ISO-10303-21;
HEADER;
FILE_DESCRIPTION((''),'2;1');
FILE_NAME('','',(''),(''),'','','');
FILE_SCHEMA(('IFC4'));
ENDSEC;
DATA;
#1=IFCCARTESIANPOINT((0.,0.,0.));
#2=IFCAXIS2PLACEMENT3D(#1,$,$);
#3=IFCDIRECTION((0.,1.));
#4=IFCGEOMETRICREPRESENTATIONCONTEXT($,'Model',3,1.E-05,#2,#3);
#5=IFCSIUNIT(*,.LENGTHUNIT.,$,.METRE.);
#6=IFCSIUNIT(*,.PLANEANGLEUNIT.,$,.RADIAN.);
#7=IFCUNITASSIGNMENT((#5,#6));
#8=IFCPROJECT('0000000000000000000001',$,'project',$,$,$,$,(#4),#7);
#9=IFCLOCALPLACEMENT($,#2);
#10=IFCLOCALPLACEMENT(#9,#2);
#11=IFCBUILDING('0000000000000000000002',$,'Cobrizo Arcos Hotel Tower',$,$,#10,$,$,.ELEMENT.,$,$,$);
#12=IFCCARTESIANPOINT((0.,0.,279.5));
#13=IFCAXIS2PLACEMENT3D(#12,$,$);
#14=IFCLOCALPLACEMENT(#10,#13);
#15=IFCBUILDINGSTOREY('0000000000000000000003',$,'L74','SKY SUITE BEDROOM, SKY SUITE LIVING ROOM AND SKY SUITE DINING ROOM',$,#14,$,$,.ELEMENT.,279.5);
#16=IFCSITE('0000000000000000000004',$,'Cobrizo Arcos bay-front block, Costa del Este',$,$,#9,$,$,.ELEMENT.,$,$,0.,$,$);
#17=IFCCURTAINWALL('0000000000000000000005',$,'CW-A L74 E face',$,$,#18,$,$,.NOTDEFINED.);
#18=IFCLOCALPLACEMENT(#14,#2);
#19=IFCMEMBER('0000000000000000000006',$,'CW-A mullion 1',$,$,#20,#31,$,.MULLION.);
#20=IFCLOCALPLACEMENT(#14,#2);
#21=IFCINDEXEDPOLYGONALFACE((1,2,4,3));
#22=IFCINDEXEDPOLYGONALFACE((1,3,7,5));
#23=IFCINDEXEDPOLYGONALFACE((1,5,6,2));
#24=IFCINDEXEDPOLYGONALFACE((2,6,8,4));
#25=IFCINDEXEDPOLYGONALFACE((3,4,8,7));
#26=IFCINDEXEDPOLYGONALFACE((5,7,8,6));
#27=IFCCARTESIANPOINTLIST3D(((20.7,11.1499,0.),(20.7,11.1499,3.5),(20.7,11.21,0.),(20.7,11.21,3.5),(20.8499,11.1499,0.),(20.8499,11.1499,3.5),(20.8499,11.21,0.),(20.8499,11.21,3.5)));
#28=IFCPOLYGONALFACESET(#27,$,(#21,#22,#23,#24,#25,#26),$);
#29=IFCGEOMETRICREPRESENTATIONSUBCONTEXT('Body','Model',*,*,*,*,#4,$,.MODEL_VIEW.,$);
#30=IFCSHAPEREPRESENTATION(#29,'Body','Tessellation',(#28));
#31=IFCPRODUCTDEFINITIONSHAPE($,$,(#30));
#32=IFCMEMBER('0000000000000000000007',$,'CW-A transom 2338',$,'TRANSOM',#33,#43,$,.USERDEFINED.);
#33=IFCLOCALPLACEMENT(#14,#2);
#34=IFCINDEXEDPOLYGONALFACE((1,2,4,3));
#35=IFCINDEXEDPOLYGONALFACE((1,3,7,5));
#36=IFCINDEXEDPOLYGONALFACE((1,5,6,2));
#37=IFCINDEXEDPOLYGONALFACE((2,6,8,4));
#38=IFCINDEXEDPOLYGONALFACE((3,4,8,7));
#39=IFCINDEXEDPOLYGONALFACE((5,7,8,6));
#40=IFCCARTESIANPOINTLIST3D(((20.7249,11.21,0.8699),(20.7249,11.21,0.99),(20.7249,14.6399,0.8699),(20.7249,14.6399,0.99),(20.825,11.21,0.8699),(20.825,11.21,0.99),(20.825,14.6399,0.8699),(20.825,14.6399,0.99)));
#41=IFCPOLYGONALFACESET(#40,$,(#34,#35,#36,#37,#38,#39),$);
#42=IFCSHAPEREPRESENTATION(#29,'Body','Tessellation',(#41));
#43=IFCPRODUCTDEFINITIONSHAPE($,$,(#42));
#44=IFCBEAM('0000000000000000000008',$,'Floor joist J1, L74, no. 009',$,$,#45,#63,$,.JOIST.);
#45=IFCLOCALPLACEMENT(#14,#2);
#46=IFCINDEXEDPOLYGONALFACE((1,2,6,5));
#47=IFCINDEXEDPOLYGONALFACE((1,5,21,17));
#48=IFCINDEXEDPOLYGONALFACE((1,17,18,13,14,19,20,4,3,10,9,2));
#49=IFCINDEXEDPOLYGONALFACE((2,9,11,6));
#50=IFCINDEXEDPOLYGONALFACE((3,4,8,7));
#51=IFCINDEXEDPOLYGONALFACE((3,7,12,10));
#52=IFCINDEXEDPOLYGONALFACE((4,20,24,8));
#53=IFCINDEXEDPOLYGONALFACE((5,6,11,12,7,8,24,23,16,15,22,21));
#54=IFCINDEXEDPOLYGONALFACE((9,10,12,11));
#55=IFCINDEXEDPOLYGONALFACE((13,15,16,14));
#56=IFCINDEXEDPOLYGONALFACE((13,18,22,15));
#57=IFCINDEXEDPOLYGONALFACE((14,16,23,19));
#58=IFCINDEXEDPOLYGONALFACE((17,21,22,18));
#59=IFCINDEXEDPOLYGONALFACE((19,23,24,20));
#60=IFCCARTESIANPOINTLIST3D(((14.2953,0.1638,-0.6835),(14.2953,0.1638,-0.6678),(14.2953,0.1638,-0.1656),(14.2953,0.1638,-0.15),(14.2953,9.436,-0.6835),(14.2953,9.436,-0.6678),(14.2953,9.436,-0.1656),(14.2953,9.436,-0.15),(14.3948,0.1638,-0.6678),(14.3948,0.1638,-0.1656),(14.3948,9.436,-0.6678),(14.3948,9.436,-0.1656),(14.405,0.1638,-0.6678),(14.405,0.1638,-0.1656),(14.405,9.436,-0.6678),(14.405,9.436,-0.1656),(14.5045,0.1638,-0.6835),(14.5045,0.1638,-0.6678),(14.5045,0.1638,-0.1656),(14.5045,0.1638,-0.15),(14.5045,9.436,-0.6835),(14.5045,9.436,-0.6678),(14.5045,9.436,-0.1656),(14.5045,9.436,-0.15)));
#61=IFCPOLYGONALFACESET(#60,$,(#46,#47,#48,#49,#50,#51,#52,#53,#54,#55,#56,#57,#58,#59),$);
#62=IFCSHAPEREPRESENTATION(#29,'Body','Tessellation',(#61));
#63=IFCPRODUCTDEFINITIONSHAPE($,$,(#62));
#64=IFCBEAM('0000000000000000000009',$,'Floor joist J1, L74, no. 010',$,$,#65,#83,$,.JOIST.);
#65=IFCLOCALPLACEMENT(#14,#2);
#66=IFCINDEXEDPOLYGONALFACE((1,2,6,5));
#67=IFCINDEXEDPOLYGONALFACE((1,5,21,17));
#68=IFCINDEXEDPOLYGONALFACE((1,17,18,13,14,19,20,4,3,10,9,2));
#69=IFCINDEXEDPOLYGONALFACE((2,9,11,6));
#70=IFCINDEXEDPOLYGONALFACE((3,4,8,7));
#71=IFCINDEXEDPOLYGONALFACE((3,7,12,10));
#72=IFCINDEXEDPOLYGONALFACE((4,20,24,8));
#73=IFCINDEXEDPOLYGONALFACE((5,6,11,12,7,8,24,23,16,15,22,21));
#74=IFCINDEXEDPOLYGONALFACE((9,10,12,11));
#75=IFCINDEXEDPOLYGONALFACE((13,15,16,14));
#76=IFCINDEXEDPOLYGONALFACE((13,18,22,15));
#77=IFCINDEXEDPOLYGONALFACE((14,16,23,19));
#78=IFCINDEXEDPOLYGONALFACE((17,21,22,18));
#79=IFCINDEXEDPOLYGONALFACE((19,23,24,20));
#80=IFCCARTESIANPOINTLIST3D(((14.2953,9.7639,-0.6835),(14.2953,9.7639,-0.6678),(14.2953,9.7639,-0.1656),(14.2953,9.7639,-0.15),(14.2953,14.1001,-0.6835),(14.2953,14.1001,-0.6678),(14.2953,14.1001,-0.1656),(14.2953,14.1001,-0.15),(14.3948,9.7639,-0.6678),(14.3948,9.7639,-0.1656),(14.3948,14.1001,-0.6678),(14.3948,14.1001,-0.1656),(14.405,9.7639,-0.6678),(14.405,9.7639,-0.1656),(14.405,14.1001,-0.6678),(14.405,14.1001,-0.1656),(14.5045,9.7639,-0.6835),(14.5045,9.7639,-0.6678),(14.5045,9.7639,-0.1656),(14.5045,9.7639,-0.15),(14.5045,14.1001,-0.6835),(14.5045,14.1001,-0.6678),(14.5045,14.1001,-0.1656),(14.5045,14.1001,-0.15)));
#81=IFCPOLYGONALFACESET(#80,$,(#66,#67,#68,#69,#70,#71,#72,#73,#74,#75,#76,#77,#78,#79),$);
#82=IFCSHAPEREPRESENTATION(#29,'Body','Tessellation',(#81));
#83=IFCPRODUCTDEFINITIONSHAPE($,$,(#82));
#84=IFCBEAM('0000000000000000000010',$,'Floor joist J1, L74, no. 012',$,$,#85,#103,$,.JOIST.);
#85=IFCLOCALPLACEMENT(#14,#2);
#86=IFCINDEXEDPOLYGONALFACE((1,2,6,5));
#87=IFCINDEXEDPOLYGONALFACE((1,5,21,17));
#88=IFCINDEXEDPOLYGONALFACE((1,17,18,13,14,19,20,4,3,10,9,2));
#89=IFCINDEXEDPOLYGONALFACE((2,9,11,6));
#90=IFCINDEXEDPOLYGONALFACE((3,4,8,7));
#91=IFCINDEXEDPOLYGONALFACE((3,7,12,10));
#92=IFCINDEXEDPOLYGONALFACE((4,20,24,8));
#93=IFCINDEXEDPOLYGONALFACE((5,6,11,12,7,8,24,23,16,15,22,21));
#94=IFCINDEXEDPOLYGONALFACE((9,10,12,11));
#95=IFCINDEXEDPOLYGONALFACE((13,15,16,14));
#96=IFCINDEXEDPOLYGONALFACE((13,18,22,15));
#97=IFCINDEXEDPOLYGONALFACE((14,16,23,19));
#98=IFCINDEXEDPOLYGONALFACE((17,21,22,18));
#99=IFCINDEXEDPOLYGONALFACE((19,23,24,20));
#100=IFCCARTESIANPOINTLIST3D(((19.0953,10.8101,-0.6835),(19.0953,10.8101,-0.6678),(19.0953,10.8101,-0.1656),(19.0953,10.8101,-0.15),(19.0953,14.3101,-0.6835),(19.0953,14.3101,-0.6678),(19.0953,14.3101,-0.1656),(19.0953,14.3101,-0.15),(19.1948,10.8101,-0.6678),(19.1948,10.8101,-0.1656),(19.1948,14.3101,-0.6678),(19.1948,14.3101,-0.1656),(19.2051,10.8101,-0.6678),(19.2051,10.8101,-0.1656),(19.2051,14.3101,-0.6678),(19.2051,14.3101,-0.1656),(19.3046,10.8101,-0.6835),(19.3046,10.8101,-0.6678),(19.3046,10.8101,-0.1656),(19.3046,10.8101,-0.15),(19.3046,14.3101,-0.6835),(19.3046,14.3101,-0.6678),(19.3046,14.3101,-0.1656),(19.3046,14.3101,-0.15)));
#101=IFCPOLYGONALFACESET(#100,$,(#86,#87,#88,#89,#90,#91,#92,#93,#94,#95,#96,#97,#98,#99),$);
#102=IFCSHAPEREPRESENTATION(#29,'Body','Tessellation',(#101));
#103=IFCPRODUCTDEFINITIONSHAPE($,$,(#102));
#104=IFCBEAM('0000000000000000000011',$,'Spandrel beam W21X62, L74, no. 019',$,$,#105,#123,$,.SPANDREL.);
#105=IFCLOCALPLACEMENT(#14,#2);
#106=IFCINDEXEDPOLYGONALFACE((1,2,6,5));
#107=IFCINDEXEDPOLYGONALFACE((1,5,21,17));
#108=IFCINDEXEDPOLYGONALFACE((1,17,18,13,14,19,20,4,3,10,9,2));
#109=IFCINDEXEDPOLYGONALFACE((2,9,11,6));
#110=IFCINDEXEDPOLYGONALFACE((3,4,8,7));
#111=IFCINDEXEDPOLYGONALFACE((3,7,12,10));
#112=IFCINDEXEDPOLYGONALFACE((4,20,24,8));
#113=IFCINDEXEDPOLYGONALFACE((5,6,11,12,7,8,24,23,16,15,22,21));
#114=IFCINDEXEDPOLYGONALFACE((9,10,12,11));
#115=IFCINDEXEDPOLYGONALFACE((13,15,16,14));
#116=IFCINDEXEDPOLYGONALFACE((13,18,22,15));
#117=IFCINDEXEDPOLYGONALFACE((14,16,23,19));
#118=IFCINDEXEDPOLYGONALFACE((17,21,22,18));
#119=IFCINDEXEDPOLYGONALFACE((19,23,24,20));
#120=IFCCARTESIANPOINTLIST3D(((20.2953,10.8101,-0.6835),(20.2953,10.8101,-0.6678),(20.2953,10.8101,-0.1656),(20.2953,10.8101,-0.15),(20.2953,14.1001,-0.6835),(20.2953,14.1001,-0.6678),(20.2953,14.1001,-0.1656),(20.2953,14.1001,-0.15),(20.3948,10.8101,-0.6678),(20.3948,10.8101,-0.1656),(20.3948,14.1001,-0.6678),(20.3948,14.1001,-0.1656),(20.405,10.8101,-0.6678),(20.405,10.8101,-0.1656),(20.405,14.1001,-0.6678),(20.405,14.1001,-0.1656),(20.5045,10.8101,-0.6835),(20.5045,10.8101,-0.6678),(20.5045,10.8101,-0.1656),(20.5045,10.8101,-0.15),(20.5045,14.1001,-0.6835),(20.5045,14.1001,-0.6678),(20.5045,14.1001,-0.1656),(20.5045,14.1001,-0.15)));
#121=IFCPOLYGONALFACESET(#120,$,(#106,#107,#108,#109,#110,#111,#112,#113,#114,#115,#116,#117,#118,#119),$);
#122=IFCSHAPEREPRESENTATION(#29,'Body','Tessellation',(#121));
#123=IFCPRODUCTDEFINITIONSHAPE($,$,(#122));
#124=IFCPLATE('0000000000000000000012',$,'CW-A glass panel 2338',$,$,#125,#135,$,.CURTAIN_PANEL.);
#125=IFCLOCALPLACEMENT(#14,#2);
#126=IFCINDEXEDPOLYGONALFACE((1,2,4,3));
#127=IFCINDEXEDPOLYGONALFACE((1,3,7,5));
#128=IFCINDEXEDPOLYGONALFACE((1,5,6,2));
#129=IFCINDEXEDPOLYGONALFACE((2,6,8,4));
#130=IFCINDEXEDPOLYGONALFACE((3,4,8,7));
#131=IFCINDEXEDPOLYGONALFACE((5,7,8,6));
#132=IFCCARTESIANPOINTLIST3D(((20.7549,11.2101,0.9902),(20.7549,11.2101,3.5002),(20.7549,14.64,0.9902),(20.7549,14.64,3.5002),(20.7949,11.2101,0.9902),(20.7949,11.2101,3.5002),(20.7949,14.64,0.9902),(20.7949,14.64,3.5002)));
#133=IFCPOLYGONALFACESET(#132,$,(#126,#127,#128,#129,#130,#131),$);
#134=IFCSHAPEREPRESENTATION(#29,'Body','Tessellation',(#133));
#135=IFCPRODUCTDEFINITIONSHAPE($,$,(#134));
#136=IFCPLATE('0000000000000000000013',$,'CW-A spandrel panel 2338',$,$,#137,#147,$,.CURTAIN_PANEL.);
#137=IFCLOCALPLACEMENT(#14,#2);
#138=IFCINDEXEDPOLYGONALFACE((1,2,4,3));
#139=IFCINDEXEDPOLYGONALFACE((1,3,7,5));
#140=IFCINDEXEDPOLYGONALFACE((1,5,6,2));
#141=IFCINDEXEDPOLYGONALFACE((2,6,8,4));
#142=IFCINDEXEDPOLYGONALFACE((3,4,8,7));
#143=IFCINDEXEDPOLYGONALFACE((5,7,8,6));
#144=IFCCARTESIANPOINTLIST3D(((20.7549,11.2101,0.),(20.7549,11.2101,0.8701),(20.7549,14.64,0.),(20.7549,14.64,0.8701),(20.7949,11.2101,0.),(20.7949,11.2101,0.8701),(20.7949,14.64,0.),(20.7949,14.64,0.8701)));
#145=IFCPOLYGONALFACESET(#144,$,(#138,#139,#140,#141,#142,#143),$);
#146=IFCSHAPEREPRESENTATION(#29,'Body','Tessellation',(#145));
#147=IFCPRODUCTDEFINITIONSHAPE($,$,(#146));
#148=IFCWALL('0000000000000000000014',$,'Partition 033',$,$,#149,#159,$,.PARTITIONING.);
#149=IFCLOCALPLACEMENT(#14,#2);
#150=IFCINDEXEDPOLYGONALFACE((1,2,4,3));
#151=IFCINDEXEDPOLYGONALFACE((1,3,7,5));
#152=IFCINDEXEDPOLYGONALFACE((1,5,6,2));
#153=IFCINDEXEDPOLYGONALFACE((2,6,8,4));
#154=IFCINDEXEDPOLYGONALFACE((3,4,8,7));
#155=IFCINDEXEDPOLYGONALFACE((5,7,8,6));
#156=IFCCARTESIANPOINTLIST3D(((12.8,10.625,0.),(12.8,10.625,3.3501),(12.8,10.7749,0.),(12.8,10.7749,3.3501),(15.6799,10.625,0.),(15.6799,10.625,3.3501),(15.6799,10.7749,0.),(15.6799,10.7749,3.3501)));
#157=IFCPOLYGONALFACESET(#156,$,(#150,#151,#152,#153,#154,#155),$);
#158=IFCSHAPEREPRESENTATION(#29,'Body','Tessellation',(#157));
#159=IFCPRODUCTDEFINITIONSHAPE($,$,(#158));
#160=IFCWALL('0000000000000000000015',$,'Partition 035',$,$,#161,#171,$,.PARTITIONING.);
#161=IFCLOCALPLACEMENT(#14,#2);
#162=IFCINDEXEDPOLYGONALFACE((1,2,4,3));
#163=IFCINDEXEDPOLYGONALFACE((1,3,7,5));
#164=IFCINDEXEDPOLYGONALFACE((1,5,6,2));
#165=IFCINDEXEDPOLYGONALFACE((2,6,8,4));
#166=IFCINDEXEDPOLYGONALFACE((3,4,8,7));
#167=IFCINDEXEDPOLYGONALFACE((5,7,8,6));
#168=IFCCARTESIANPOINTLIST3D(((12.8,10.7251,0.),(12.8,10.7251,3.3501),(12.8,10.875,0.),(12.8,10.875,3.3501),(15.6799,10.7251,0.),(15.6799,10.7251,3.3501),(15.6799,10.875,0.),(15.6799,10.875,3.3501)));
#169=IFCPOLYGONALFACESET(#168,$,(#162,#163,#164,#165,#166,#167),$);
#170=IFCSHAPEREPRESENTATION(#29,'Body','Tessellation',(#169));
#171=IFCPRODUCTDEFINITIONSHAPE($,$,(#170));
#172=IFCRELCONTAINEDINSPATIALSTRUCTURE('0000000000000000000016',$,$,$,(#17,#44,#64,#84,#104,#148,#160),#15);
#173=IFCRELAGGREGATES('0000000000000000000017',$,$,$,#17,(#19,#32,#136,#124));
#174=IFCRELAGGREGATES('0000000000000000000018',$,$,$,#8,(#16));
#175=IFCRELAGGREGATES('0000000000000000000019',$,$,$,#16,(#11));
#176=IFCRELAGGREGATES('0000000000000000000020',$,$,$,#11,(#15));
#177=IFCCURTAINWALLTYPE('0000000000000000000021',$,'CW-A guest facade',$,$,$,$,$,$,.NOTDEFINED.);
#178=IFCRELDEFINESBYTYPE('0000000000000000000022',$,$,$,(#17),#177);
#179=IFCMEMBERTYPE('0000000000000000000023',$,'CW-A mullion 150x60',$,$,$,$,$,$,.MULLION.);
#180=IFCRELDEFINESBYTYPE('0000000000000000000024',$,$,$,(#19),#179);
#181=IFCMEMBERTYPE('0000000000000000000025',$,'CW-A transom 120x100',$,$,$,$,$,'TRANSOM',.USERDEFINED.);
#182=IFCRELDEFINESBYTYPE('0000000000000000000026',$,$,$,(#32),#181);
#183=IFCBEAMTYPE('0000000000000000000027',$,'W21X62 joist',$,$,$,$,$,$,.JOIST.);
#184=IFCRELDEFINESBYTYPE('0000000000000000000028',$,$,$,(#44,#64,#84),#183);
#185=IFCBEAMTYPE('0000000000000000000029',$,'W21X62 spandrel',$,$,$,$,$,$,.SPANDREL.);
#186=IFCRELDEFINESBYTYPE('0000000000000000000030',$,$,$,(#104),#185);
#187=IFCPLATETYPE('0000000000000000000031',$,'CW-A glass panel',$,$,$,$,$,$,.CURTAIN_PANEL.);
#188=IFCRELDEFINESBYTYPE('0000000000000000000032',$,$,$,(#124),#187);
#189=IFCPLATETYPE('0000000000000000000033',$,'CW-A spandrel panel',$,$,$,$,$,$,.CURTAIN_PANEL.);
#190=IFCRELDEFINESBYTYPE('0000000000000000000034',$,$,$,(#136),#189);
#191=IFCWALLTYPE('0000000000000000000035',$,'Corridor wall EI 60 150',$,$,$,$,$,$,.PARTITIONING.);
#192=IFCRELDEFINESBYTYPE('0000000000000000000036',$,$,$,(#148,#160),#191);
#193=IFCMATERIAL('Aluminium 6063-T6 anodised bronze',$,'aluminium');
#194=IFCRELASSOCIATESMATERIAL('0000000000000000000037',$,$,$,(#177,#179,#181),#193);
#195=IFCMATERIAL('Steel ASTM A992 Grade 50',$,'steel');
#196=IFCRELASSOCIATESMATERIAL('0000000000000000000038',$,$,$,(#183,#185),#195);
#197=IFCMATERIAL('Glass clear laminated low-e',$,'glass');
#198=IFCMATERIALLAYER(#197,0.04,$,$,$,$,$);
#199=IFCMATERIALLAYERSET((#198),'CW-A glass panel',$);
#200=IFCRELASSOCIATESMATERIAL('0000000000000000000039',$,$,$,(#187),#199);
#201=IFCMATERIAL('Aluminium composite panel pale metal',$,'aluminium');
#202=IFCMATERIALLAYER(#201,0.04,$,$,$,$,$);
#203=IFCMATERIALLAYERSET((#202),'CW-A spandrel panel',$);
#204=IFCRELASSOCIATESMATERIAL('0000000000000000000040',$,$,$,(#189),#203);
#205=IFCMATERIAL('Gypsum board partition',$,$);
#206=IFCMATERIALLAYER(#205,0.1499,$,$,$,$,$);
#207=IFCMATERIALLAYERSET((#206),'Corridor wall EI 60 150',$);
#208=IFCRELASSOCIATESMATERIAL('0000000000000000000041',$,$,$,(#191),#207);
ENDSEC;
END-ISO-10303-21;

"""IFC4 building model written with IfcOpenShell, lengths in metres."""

from ifc_helpers import new_model, si_unit, direction, frame, frame_2d, origin, origin_2d, place, context, subcontext, project, spatial, rectangle, i_section, extrude, material, layer, layer_set, material_profile, profile_set, type_object, element, aggregate, save


model = new_model("IFC4")

# Units and contexts
model_context = context("Model", 3, precision=1e-05, world=origin(), true_north=direction((0.0, 1.0)))
body_context = subcontext(model_context, "Body", "Model", "MODEL_VIEW")
ifc_project = project(units=[si_unit("LENGTHUNIT", "METRE"), si_unit("PLANEANGLEUNIT", "RADIAN")], contexts=[model_context])

# Site, building, storey
site_placement = place(None, origin())
site = spatial("IfcSite", under=ifc_project, at=site_placement, Name="Cobrizo Arcos bay-front block, Costa del Este", CompositionType="ELEMENT", RefElevation=0.0)
building_placement = place(site_placement, origin())
building = spatial("IfcBuilding", under=site, at=building_placement, Name="Cobrizo Arcos Hotel Tower", CompositionType="ELEMENT")
storey_placement = place(building_placement, frame((0.0, 0.0, 279.5)))
storey = spatial("IfcBuildingStorey", under=building, at=storey_placement, Name="L74", Description="SKY SUITE BEDROOM, SKY SUITE LIVING ROOM AND SKY SUITE DINING ROOM", CompositionType="ELEMENT", Elevation=279.5)

# Curtain wall, members
ifc_material_1 = material(Name="Aluminium 6063-T6 anodised bronze", Category="aluminium")
curtain_wall_type = type_object("IfcCurtainWallType", Name="CW-A guest facade", PredefinedType="NOTDEFINED", material=ifc_material_1)
curtain_wall_placement = place(storey_placement, origin())
curtain_wall = element("IfcCurtainWall", 1, at=curtain_wall_placement, inside=storey, type_object=curtain_wall_type, Name="CW-A L74 E face", PredefinedType="NOTDEFINED")
ifc_material_profile_1 = material_profile(ifc_material_1, rectangle(XDim=0.1499, YDim=0.0601, at=origin_2d()), Name="CW-A mullion 150x60")
ifc_profile_set_1 = profile_set([ifc_material_profile_1], Name="Aluminium 6063-T6 anodised bronze")
member_type_1 = type_object("IfcMemberType", Name="CW-A mullion 150x60", PredefinedType="MULLION", material=ifc_profile_set_1)
member_1_placement = place(storey_placement, frame((20.7749, 11.1799, 0.0), z_axis=(0.0, 0.0, 1.0), x_axis=(1.0, 0.0, 0.0)))
member_1 = element("IfcMember", 2, at=member_1_placement, type_object=member_type_1, Name="CW-A mullion 1", PredefinedType="MULLION", context=body_context, shape_type="SweptSolid", body=[
    extrude(rectangle(XDim=0.1499, YDim=0.0601, at=origin_2d()), origin(), (0.0, 0.0, 1.0), 3.5),
])
ifc_material_profile_2 = material_profile(ifc_material_1, rectangle(XDim=0.1001, YDim=0.1201, at=origin_2d()), Name="CW-A transom 120x100")
ifc_profile_set_2 = profile_set([ifc_material_profile_2], Name="Aluminium 6063-T6 anodised bronze")
member_type_2 = type_object("IfcMemberType", Name="CW-A transom 120x100", ElementType="TRANSOM", PredefinedType="USERDEFINED", material=ifc_profile_set_2)
member_2_placement = place(storey_placement, frame((20.7749, 11.21, 0.9299), z_axis=(0.0, 1.0, 0.0), x_axis=(-1.0, 0.0, 0.0)))
member_2 = element("IfcMember", 3, at=member_2_placement, type_object=member_type_2, Name="CW-A transom 2338", ObjectType="TRANSOM", PredefinedType="USERDEFINED", context=body_context, shape_type="SweptSolid", body=[
    extrude(rectangle(XDim=0.1001, YDim=0.1201, at=origin_2d()), origin(), (0.0, 0.0, 1.0), 3.4299),
])

# Beams
ifc_material_2 = material(Name="Steel ASTM A992 Grade 50", Category="steel")
ifc_material_profile_3 = material_profile(ifc_material_2, i_section(OverallWidth=0.2092, OverallDepth=0.5334, WebThickness=0.0103, FlangeThickness=0.0156, at=origin_2d()), Name="W21X62")
ifc_profile_set_3 = profile_set([ifc_material_profile_3], Name="Steel ASTM A992 Grade 50")
beam_type_1 = type_object("IfcBeamType", Name="W21X62 joist", PredefinedType="JOIST", material=ifc_profile_set_3)
beam_1_placement = place(storey_placement, frame((14.3999, 0.1638, -0.4167), z_axis=(0.0, 1.0, 0.0), x_axis=(-1.0, 0.0, 0.0)))
element("IfcBeam", 4, at=beam_1_placement, inside=storey, type_object=beam_type_1, Name="Floor joist J1, L74, no. 009", PredefinedType="JOIST", context=body_context, shape_type="SweptSolid", body=[
    extrude(i_section(OverallWidth=0.2092, OverallDepth=0.5334, WebThickness=0.0103, FlangeThickness=0.0156, at=origin_2d()), origin(), (0.0, 0.0, 1.0), 9.2722),
])
beam_2_placement = place(storey_placement, frame((14.3999, 9.7639, -0.4167), z_axis=(0.0, 1.0, 0.0), x_axis=(-1.0, 0.0, 0.0)))
element("IfcBeam", 5, at=beam_2_placement, inside=storey, type_object=beam_type_1, Name="Floor joist J1, L74, no. 010", PredefinedType="JOIST", context=body_context, shape_type="SweptSolid", body=[
    extrude(i_section(OverallWidth=0.2092, OverallDepth=0.5334, WebThickness=0.0103, FlangeThickness=0.0156, at=origin_2d()), origin(), (0.0, 0.0, 1.0), 4.3362),
])
beam_3_placement = place(storey_placement, frame((19.2, 10.8101, -0.4167), z_axis=(0.0, 1.0, 0.0), x_axis=(-1.0, 0.0, 0.0)))
element("IfcBeam", 6, at=beam_3_placement, inside=storey, type_object=beam_type_1, Name="Floor joist J1, L74, no. 012", PredefinedType="JOIST", context=body_context, shape_type="SweptSolid", body=[
    extrude(i_section(OverallWidth=0.2092, OverallDepth=0.5334, WebThickness=0.0103, FlangeThickness=0.0156, at=origin_2d()), origin(), (0.0, 0.0, 1.0), 3.5),
])
ifc_material_profile_4 = material_profile(ifc_material_2, i_section(OverallWidth=0.2092, OverallDepth=0.5334, WebThickness=0.0103, FlangeThickness=0.0156, at=origin_2d()), Name="W21X62")
ifc_profile_set_4 = profile_set([ifc_material_profile_4], Name="Steel ASTM A992 Grade 50")
beam_type_2 = type_object("IfcBeamType", Name="W21X62 spandrel", PredefinedType="SPANDREL", material=ifc_profile_set_4)
beam_4_placement = place(storey_placement, frame((20.3999, 14.1001, -0.4167), z_axis=(0.0, -1.0, 0.0), x_axis=(1.0, 0.0, 0.0)))
element("IfcBeam", 7, at=beam_4_placement, inside=storey, type_object=beam_type_2, Name="Spandrel beam W21X62, L74, no. 019", PredefinedType="SPANDREL", context=body_context, shape_type="SweptSolid", body=[
    extrude(i_section(OverallWidth=0.2092, OverallDepth=0.5334, WebThickness=0.0103, FlangeThickness=0.0156, at=origin_2d()), origin(), (0.0, 0.0, 1.0), 3.29),
])

# Plates
ifc_material_3 = material(Name="Glass clear laminated low-e", Category="glass")
ifc_layer_1 = layer(ifc_material_3, 0.04)
ifc_layer_set_1 = layer_set([ifc_layer_1], Name="CW-A glass panel")
plate_type_1 = type_object("IfcPlateType", Name="CW-A glass panel", PredefinedType="CURTAIN_PANEL", material=ifc_layer_set_1)
plate_1_placement = place(storey_placement, frame((20.7749, 12.925, 0.9902), z_axis=(0.0, 0.0, 1.0), x_axis=(0.0, 1.0, 0.0)))
plate_1 = element("IfcPlate", 8, at=plate_1_placement, type_object=plate_type_1, Name="CW-A glass panel 2338", PredefinedType="CURTAIN_PANEL", context=body_context, shape_type="SweptSolid", body=[
    extrude(rectangle(XDim=3.4299, YDim=0.04, at=origin_2d()), origin(), (0.0, 0.0, 1.0), 2.51),
])
ifc_material_4 = material(Name="Aluminium composite panel pale metal", Category="aluminium")
ifc_layer_2 = layer(ifc_material_4, 0.04)
ifc_layer_set_2 = layer_set([ifc_layer_2], Name="CW-A spandrel panel")
plate_type_2 = type_object("IfcPlateType", Name="CW-A spandrel panel", PredefinedType="CURTAIN_PANEL", material=ifc_layer_set_2)
plate_2_placement = place(storey_placement, frame((20.7749, 12.925, 0.0), z_axis=(0.0, 0.0, 1.0), x_axis=(0.0, 1.0, 0.0)))
plate_2 = element("IfcPlate", 9, at=plate_2_placement, type_object=plate_type_2, Name="CW-A spandrel panel 2338", PredefinedType="CURTAIN_PANEL", context=body_context, shape_type="SweptSolid", body=[
    extrude(rectangle(XDim=3.4299, YDim=0.04, at=origin_2d()), origin(), (0.0, 0.0, 1.0), 0.8701),
])
aggregate(curtain_wall, [member_1, member_2, plate_2, plate_1])

# Walls
ifc_material_5 = material(Name="Gypsum board partition")
ifc_layer_3 = layer(ifc_material_5, 0.1499)
ifc_layer_set_3 = layer_set([ifc_layer_3], Name="Corridor wall EI 60 150")
wall_type_1 = type_object("IfcWallType", Name="Corridor wall EI 60 150", PredefinedType="PARTITIONING", material=ifc_layer_set_3)
for number, where, z_axis, x_axis, name in (
    (10, (12.8, 10.7, 0.0), (0.0, 0.0, 1.0), (1.0, 0.0, 0.0), "Partition 033"),
    (11, (12.8, 10.8, 0.0), (0.0, 0.0, 1.0), (1.0, 0.0, 0.0), "Partition 035"),
):
    element("IfcWall", number, at=place(storey_placement, frame(where, z_axis=z_axis, x_axis=x_axis)), inside=storey, type_object=wall_type_1, Name=name, PredefinedType="PARTITIONING", context=body_context, shape_type="SweptSolid", body=[
        extrude(rectangle(XDim=2.8799, YDim=0.1499, at=frame_2d((1.4399, 0.0))), origin(), (0.0, 0.0, 1.0), 3.3501),
    ])

save(model, "model.ifc")
